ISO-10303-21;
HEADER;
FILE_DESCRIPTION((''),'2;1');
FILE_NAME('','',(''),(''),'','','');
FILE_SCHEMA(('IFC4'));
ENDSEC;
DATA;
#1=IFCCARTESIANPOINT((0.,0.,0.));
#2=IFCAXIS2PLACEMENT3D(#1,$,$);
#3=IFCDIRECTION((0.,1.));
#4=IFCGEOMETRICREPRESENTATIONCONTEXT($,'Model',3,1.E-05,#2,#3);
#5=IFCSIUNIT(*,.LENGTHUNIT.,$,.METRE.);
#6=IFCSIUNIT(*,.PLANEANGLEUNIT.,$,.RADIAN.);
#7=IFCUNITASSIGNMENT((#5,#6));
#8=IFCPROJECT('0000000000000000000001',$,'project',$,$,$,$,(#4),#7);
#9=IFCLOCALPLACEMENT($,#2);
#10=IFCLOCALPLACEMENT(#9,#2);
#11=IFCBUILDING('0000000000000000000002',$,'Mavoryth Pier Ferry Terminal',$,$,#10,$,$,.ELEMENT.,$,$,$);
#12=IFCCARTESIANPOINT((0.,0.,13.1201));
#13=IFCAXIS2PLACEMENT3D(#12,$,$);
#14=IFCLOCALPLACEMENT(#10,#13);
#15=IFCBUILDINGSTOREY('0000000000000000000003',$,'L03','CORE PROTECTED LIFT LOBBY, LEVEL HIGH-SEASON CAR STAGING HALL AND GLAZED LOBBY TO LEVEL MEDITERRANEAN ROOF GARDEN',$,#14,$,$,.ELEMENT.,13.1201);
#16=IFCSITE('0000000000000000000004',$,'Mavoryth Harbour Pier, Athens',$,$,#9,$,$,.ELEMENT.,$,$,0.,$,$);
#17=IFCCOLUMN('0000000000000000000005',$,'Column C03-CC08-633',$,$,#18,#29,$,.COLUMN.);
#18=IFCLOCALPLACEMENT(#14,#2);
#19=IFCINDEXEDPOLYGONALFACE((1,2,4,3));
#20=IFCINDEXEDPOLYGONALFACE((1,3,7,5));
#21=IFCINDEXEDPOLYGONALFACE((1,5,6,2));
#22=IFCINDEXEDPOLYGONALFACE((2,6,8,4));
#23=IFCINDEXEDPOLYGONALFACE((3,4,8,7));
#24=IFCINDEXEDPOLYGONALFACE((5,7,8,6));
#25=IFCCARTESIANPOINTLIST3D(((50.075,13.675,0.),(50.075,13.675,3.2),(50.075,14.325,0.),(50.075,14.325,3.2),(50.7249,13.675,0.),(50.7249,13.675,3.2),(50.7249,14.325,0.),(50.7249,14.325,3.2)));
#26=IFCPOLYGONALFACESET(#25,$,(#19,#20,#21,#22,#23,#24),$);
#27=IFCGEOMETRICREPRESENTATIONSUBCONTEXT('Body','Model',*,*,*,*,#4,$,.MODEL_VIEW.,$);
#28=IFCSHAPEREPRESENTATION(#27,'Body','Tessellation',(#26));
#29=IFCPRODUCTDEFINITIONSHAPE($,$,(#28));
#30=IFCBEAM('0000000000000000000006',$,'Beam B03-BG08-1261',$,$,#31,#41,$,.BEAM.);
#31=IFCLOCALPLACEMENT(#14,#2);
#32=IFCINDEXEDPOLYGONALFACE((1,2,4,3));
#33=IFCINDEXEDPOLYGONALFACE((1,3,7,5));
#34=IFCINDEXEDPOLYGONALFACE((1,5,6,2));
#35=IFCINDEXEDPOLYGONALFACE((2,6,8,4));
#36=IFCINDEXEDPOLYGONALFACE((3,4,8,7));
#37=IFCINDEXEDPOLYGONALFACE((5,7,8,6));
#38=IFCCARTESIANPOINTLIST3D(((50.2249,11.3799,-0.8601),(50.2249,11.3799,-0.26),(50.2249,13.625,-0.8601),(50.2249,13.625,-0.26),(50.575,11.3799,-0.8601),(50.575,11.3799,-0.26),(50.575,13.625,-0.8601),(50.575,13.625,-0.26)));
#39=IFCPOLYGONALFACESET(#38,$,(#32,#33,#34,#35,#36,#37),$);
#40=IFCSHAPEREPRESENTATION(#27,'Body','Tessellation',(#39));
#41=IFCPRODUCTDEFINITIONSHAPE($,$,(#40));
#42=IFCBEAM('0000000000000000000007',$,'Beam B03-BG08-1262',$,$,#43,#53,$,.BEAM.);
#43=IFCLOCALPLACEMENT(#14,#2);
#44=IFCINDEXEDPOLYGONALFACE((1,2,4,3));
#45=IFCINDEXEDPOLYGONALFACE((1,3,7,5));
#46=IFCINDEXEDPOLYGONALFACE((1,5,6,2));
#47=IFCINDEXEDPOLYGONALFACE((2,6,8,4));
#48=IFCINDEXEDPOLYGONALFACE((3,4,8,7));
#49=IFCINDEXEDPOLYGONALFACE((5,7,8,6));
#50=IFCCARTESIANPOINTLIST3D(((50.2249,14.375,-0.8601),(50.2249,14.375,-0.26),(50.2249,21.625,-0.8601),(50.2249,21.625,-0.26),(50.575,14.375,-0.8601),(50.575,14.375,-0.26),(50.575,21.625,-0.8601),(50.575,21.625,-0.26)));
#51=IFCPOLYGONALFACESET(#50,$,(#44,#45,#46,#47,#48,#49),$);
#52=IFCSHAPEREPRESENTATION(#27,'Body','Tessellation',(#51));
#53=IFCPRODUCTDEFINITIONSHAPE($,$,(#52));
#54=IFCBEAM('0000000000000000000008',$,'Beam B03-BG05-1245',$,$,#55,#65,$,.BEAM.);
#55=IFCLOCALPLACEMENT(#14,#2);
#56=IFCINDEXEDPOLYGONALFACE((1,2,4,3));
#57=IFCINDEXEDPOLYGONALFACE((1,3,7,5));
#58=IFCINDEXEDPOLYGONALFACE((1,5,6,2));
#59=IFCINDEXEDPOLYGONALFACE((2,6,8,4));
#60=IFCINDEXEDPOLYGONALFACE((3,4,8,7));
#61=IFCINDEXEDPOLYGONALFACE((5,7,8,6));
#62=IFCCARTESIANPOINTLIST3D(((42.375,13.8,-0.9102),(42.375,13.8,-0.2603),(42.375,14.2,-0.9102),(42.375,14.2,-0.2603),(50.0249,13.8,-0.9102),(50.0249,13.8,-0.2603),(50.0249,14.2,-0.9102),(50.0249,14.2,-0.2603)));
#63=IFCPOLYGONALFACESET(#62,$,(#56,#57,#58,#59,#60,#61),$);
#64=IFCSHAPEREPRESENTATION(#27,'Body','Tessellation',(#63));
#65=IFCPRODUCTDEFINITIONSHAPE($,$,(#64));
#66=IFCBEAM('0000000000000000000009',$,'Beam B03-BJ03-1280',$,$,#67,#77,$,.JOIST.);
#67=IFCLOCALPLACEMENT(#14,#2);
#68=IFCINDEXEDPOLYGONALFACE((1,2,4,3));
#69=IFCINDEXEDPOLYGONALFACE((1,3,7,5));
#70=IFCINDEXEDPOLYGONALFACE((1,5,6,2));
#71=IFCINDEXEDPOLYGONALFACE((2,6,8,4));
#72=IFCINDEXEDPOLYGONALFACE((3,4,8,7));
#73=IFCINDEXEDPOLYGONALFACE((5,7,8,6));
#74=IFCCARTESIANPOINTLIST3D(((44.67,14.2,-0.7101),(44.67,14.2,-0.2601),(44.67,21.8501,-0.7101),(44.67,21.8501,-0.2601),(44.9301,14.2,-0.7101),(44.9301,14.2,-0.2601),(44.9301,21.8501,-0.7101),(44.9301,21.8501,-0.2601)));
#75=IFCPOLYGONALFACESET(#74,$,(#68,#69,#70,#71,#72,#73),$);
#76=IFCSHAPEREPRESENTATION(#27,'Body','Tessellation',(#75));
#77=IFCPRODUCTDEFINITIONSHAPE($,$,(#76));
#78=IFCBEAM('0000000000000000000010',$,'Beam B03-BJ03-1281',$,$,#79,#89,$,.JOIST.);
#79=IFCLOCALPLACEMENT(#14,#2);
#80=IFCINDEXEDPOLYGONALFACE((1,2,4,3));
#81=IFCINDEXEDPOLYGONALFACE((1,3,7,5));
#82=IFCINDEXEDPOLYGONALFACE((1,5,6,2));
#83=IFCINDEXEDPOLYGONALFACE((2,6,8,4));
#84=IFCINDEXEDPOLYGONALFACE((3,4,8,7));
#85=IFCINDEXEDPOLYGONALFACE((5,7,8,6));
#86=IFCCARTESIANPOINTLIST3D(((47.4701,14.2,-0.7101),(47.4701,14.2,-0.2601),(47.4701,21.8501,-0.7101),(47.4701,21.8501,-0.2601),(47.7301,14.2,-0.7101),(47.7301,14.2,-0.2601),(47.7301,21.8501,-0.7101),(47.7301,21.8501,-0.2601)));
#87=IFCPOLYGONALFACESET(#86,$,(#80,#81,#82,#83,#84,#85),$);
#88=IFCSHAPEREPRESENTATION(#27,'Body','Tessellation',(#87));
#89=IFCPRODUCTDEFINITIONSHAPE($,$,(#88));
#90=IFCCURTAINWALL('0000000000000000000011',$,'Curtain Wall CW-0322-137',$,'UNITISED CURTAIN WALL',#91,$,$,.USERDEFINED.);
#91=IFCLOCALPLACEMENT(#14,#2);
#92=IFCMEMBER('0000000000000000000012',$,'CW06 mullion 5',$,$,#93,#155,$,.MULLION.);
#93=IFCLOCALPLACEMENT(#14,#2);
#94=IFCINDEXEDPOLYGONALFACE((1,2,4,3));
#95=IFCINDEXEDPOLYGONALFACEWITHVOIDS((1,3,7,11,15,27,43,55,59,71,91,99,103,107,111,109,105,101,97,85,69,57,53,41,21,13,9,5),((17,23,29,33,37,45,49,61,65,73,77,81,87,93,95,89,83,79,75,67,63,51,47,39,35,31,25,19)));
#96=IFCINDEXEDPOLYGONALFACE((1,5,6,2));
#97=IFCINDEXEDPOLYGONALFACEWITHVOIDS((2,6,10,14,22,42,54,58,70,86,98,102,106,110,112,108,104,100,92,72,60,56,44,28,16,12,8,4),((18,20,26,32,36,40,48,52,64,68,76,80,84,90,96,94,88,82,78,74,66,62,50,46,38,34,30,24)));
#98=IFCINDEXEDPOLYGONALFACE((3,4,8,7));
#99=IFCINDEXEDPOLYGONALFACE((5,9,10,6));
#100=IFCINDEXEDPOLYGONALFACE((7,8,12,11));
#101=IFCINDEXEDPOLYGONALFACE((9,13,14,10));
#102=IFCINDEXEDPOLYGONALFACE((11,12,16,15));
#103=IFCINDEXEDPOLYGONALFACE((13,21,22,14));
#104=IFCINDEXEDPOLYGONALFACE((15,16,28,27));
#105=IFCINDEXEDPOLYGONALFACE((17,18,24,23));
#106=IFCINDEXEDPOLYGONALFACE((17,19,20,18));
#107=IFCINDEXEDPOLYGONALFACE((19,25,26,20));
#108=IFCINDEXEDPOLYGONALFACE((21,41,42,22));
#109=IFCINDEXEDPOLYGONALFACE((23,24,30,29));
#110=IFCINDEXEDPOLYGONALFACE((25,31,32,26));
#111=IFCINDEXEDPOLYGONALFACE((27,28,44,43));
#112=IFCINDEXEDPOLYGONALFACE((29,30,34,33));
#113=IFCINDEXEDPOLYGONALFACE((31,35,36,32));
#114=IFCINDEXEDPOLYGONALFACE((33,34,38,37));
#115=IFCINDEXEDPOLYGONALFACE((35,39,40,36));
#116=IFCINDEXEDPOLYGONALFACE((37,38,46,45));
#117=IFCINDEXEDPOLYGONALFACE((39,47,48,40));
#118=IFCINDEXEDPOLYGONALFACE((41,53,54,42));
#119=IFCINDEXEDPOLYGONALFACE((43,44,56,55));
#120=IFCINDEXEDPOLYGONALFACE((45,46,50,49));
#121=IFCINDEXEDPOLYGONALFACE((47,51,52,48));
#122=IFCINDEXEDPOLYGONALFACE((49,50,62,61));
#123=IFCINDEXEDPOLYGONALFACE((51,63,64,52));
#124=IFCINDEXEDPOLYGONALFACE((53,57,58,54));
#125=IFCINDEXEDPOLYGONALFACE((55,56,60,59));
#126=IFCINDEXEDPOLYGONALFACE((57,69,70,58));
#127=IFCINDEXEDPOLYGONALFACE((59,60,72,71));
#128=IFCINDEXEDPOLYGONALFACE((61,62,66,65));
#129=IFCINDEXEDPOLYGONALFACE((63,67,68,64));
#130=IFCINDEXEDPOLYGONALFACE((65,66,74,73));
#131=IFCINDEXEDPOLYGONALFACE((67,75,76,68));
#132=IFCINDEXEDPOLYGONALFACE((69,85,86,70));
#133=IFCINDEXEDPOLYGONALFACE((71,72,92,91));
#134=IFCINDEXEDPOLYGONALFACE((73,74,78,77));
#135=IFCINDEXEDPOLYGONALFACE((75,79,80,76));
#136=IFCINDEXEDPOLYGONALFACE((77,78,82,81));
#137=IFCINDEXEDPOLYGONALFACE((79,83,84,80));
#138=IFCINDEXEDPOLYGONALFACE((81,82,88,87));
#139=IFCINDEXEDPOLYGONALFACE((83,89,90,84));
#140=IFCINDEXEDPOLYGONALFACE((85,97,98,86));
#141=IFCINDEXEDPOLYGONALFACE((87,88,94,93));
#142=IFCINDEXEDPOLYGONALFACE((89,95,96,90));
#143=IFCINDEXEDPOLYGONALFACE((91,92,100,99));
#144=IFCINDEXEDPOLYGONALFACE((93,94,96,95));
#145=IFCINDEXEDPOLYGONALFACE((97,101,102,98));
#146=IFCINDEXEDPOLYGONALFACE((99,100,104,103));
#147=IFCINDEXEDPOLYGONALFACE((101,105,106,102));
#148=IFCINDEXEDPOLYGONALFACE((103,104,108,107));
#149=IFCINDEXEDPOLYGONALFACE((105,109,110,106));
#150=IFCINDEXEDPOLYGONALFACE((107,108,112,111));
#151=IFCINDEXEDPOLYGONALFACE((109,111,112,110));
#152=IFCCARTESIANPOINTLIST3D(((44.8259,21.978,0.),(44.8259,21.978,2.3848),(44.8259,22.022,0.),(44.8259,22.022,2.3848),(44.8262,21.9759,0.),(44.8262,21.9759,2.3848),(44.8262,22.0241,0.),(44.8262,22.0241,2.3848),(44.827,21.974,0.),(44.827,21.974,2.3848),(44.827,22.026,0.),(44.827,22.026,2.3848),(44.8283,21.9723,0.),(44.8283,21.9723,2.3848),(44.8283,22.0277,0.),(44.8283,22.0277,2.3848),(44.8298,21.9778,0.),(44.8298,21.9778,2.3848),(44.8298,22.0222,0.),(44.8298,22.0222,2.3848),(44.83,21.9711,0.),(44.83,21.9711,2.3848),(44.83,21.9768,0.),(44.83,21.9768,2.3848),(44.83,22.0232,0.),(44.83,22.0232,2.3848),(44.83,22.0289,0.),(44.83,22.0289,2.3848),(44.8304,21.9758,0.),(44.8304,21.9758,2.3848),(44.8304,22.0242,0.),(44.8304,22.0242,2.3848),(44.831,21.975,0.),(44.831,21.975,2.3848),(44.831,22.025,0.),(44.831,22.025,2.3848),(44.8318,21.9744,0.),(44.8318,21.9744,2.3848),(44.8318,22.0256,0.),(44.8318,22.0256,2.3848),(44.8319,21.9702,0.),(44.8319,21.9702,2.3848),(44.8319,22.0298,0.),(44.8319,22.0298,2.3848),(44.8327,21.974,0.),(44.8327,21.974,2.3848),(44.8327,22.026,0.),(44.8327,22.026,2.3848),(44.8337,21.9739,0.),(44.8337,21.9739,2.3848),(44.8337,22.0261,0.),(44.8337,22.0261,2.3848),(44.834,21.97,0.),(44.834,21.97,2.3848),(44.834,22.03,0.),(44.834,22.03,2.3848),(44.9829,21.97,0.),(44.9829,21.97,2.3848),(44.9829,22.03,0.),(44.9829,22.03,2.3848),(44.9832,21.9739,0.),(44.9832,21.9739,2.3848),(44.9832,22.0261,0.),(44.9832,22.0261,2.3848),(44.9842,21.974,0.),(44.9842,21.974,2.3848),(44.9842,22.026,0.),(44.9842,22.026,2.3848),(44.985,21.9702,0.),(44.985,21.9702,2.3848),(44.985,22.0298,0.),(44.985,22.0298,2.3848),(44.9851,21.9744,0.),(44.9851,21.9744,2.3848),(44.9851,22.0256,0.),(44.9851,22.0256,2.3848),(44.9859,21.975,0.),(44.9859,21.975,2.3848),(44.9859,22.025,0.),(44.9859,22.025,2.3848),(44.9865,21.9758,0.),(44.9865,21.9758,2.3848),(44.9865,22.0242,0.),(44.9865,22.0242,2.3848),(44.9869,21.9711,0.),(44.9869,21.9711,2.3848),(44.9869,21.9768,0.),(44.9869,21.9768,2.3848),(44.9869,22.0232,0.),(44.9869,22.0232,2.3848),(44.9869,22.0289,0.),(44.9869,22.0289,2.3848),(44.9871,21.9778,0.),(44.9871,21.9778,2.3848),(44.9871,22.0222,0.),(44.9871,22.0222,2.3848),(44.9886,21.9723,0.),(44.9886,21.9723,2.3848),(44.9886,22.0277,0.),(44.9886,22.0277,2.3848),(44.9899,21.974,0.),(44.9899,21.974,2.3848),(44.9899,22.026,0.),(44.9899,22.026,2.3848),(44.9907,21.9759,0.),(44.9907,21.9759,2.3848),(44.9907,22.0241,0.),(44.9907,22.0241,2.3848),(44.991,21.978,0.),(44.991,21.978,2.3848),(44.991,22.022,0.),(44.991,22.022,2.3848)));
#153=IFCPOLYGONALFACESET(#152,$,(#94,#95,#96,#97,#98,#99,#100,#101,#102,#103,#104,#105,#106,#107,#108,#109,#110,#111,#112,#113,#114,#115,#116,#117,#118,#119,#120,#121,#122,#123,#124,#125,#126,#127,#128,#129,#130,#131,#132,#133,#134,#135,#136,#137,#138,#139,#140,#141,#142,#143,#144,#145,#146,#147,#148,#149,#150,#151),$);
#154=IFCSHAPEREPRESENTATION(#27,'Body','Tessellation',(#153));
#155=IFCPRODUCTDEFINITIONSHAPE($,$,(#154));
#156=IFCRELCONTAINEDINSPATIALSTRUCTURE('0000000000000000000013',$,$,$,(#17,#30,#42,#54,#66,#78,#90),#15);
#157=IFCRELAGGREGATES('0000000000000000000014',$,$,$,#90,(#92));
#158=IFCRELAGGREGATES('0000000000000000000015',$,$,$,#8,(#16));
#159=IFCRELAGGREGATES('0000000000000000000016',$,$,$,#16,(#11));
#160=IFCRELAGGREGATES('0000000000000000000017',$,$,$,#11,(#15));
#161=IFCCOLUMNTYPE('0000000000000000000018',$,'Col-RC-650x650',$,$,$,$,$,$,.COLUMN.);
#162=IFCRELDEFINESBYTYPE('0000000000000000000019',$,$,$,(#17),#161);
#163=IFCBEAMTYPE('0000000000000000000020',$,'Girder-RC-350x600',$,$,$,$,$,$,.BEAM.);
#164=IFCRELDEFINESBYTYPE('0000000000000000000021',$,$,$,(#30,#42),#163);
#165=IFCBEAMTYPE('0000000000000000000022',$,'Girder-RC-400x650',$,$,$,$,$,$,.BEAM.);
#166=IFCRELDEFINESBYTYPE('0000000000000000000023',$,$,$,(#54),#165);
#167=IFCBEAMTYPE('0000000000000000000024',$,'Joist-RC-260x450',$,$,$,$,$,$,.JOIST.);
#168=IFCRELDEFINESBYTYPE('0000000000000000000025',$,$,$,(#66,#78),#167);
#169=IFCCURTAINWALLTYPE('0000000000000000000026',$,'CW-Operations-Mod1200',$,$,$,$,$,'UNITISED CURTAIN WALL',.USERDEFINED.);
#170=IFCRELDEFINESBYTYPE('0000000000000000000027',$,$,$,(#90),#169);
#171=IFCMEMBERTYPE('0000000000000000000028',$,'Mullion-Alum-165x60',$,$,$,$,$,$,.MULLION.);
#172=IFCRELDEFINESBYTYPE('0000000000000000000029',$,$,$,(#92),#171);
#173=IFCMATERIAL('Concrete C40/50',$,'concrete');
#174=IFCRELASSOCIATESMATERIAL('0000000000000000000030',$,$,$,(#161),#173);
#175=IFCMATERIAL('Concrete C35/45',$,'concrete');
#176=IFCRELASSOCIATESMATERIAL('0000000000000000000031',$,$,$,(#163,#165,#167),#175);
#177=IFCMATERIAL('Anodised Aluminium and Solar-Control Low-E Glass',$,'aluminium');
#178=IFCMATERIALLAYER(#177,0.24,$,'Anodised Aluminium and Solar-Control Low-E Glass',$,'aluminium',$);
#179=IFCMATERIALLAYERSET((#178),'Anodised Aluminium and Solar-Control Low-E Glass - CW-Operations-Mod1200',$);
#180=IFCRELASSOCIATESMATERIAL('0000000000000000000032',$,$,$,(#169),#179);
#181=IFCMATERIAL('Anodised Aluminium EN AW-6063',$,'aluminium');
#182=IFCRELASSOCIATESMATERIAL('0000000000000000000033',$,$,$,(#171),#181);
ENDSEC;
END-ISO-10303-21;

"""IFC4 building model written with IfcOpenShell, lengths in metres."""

from ifc_helpers import new_model, si_unit, direction, frame, origin, origin_2d, place, context, subcontext, project, spatial, rectangle, hollow_rectangle, extrude, material, layer, layer_set, material_profile, profile_set, type_object, element, aggregate, save


model = new_model("IFC4")

# Units and contexts
model_context = context("Model", 3, precision=1e-05, world=origin(), true_north=direction((0.0, 1.0)))
body_context = subcontext(model_context, "Body", "Model", "MODEL_VIEW")
ifc_project = project(units=[si_unit("LENGTHUNIT", "METRE"), si_unit("PLANEANGLEUNIT", "RADIAN")], contexts=[model_context])

# Site, building, storey
site_placement = place(None, origin())
site = spatial("IfcSite", under=ifc_project, at=site_placement, Name="Mavoryth Harbour Pier, Athens", CompositionType="ELEMENT", RefElevation=0.0)
building_placement = place(site_placement, origin())
building = spatial("IfcBuilding", under=site, at=building_placement, Name="Mavoryth Pier Ferry Terminal", CompositionType="ELEMENT")
storey_placement = place(building_placement, frame((0.0, 0.0, 13.1201)))
storey = spatial("IfcBuildingStorey", under=building, at=storey_placement, Name="L03", Description="CORE PROTECTED LIFT LOBBY, LEVEL HIGH-SEASON CAR STAGING HALL AND GLAZED LOBBY TO LEVEL MEDITERRANEAN ROOF GARDEN", CompositionType="ELEMENT", Elevation=13.1201)

# Column
ifc_material_1 = material(Name="Concrete C40/50", Category="concrete")
ifc_material_profile_1 = material_profile(ifc_material_1, rectangle(XDim=0.6499, YDim=0.6499, at=origin_2d()), Name="RC 650x650", Category="concrete")
ifc_profile_set_1 = profile_set([ifc_material_profile_1], Name="Concrete C40/50 - RC 650x650")
column_type = type_object("IfcColumnType", Name="Col-RC-650x650", PredefinedType="COLUMN", material=ifc_profile_set_1)
column_placement = place(storey_placement, frame((50.3999, 14.0, 0.0), z_axis=(0.0, 0.0, 1.0), x_axis=(1.0, 0.0, 0.0)))
element("IfcColumn", 1, at=column_placement, inside=storey, type_object=column_type, Name="Column C03-CC08-633", PredefinedType="COLUMN", context=body_context, shape_type="SweptSolid", body=[
    extrude(rectangle(XDim=0.6499, YDim=0.6499, at=origin_2d()), origin(), (0.0, 0.0, 1.0), 3.2),
])

# Beams
ifc_material_2 = material(Name="Concrete C35/45", Category="concrete")
ifc_material_profile_2 = material_profile(ifc_material_2, rectangle(XDim=0.3501, YDim=0.6001, at=origin_2d()), Name="RC 350x600", Category="concrete")
ifc_profile_set_2 = profile_set([ifc_material_profile_2], Name="Concrete C35/45 - RC 350x600")
beam_type_1 = type_object("IfcBeamType", Name="Girder-RC-350x600", PredefinedType="BEAM", material=ifc_profile_set_2)
beam_1_placement = place(storey_placement, frame((50.3999, 11.3799, -0.5601), z_axis=(0.0, 1.0, 0.0), x_axis=(-1.0, 0.0, 0.0)))
element("IfcBeam", 2, at=beam_1_placement, inside=storey, type_object=beam_type_1, Name="Beam B03-BG08-1261", PredefinedType="BEAM", context=body_context, shape_type="SweptSolid", body=[
    extrude(rectangle(XDim=0.3501, YDim=0.6001, at=origin_2d()), origin(), (0.0, 0.0, 1.0), 2.2451),
])
beam_2_placement = place(storey_placement, frame((50.3999, 14.375, -0.5601), z_axis=(0.0, 1.0, 0.0), x_axis=(-1.0, 0.0, 0.0)))
element("IfcBeam", 3, at=beam_2_placement, inside=storey, type_object=beam_type_1, Name="Beam B03-BG08-1262", PredefinedType="BEAM", context=body_context, shape_type="SweptSolid", body=[
    extrude(rectangle(XDim=0.3501, YDim=0.6001, at=origin_2d()), origin(), (0.0, 0.0, 1.0), 7.25),
])
ifc_material_profile_3 = material_profile(ifc_material_2, rectangle(XDim=0.3999, YDim=0.6499, at=origin_2d()), Name="RC 400x650", Category="concrete")
ifc_profile_set_3 = profile_set([ifc_material_profile_3], Name="Concrete C35/45 - RC 400x650")
beam_type_2 = type_object("IfcBeamType", Name="Girder-RC-400x650", PredefinedType="BEAM", material=ifc_profile_set_3)
beam_3_placement = place(storey_placement, frame((42.375, 14.0, -0.5852), z_axis=(1.0, 0.0, 0.0), x_axis=(0.0, 1.0, 0.0)))
element("IfcBeam", 4, at=beam_3_placement, inside=storey, type_object=beam_type_2, Name="Beam B03-BG05-1245", PredefinedType="BEAM", context=body_context, shape_type="SweptSolid", body=[
    extrude(rectangle(XDim=0.3999, YDim=0.6499, at=origin_2d()), origin(), (0.0, 0.0, 1.0), 7.6499),
])
ifc_material_profile_4 = material_profile(ifc_material_2, rectangle(XDim=0.26, YDim=0.45, at=origin_2d()), Name="RC 260x450", Category="concrete")
ifc_profile_set_4 = profile_set([ifc_material_profile_4], Name="Concrete C35/45 - RC 260x450")
beam_type_3 = type_object("IfcBeamType", Name="Joist-RC-260x450", PredefinedType="JOIST", material=ifc_profile_set_4)
for number, where, z_axis, x_axis, name in (
    (5, (44.8, 14.2, -0.4851), (0.0, 1.0, 0.0), (-1.0, 0.0, 0.0), "Beam B03-BJ03-1280"),
    (6, (47.6001, 14.2, -0.4851), (0.0, 1.0, 0.0), (-1.0, 0.0, 0.0), "Beam B03-BJ03-1281"),
):
    element("IfcBeam", number, at=place(storey_placement, frame(where, z_axis=z_axis, x_axis=x_axis)), inside=storey, type_object=beam_type_3, Name=name, PredefinedType="JOIST", context=body_context, shape_type="SweptSolid", body=[
        extrude(rectangle(XDim=0.26, YDim=0.45, at=origin_2d()), origin(), (0.0, 0.0, 1.0), 7.6501),
    ])

# Curtain wall, member
ifc_material_3 = material(Name="Anodised Aluminium and Solar-Control Low-E Glass", Category="aluminium")
ifc_layer_1 = layer(ifc_material_3, 0.24, Name="Anodised Aluminium and Solar-Control Low-E Glass", Category="aluminium")
ifc_layer_set_1 = layer_set([ifc_layer_1], Name="Anodised Aluminium and Solar-Control Low-E Glass - CW-Operations-Mod1200")
curtain_wall_type = type_object("IfcCurtainWallType", Name="CW-Operations-Mod1200", ElementType="UNITISED CURTAIN WALL", PredefinedType="USERDEFINED", material=ifc_layer_set_1)
curtain_wall_1_placement = place(storey_placement, origin())
curtain_wall_1 = element("IfcCurtainWall", 7, at=curtain_wall_1_placement, inside=storey, type_object=curtain_wall_type, Name="Curtain Wall CW-0322-137", ObjectType="UNITISED CURTAIN WALL", PredefinedType="USERDEFINED")
ifc_material_4 = material(Name="Anodised Aluminium EN AW-6063", Category="aluminium")
ifc_material_profile_5 = material_profile(ifc_material_4, hollow_rectangle(XDim=0.0601, YDim=0.165, WallThickness=0.0039, InnerFilletRadius=0.0039, OuterFilletRadius=0.0081, at=origin_2d()), Name="AL-MULL 165x60x4", Category="aluminium")
ifc_profile_set_5 = profile_set([ifc_material_profile_5], Name="Anodised Aluminium EN AW-6063 - AL-MULL 165x60x4")
member_type_1 = type_object("IfcMemberType", Name="Mullion-Alum-165x60", PredefinedType="MULLION", material=ifc_profile_set_5)
member_1_placement = place(storey_placement, frame((44.9084, 22.0, 0.0), z_axis=(0.0, 0.0, 1.0), x_axis=(0.0, -1.0, 0.0)))
member_1 = element("IfcMember", 8, at=member_1_placement, type_object=member_type_1, Name="CW06 mullion 5", PredefinedType="MULLION", context=body_context, shape_type="SweptSolid", body=[
    extrude(hollow_rectangle(XDim=0.0601, YDim=0.165, WallThickness=0.0039, InnerFilletRadius=0.0039, OuterFilletRadius=0.0081, at=origin_2d()), origin(), (0.0, 0.0, 1.0), 2.3848),
])

aggregate(curtain_wall_1, [member_1])

save(model, "model.ifc")
